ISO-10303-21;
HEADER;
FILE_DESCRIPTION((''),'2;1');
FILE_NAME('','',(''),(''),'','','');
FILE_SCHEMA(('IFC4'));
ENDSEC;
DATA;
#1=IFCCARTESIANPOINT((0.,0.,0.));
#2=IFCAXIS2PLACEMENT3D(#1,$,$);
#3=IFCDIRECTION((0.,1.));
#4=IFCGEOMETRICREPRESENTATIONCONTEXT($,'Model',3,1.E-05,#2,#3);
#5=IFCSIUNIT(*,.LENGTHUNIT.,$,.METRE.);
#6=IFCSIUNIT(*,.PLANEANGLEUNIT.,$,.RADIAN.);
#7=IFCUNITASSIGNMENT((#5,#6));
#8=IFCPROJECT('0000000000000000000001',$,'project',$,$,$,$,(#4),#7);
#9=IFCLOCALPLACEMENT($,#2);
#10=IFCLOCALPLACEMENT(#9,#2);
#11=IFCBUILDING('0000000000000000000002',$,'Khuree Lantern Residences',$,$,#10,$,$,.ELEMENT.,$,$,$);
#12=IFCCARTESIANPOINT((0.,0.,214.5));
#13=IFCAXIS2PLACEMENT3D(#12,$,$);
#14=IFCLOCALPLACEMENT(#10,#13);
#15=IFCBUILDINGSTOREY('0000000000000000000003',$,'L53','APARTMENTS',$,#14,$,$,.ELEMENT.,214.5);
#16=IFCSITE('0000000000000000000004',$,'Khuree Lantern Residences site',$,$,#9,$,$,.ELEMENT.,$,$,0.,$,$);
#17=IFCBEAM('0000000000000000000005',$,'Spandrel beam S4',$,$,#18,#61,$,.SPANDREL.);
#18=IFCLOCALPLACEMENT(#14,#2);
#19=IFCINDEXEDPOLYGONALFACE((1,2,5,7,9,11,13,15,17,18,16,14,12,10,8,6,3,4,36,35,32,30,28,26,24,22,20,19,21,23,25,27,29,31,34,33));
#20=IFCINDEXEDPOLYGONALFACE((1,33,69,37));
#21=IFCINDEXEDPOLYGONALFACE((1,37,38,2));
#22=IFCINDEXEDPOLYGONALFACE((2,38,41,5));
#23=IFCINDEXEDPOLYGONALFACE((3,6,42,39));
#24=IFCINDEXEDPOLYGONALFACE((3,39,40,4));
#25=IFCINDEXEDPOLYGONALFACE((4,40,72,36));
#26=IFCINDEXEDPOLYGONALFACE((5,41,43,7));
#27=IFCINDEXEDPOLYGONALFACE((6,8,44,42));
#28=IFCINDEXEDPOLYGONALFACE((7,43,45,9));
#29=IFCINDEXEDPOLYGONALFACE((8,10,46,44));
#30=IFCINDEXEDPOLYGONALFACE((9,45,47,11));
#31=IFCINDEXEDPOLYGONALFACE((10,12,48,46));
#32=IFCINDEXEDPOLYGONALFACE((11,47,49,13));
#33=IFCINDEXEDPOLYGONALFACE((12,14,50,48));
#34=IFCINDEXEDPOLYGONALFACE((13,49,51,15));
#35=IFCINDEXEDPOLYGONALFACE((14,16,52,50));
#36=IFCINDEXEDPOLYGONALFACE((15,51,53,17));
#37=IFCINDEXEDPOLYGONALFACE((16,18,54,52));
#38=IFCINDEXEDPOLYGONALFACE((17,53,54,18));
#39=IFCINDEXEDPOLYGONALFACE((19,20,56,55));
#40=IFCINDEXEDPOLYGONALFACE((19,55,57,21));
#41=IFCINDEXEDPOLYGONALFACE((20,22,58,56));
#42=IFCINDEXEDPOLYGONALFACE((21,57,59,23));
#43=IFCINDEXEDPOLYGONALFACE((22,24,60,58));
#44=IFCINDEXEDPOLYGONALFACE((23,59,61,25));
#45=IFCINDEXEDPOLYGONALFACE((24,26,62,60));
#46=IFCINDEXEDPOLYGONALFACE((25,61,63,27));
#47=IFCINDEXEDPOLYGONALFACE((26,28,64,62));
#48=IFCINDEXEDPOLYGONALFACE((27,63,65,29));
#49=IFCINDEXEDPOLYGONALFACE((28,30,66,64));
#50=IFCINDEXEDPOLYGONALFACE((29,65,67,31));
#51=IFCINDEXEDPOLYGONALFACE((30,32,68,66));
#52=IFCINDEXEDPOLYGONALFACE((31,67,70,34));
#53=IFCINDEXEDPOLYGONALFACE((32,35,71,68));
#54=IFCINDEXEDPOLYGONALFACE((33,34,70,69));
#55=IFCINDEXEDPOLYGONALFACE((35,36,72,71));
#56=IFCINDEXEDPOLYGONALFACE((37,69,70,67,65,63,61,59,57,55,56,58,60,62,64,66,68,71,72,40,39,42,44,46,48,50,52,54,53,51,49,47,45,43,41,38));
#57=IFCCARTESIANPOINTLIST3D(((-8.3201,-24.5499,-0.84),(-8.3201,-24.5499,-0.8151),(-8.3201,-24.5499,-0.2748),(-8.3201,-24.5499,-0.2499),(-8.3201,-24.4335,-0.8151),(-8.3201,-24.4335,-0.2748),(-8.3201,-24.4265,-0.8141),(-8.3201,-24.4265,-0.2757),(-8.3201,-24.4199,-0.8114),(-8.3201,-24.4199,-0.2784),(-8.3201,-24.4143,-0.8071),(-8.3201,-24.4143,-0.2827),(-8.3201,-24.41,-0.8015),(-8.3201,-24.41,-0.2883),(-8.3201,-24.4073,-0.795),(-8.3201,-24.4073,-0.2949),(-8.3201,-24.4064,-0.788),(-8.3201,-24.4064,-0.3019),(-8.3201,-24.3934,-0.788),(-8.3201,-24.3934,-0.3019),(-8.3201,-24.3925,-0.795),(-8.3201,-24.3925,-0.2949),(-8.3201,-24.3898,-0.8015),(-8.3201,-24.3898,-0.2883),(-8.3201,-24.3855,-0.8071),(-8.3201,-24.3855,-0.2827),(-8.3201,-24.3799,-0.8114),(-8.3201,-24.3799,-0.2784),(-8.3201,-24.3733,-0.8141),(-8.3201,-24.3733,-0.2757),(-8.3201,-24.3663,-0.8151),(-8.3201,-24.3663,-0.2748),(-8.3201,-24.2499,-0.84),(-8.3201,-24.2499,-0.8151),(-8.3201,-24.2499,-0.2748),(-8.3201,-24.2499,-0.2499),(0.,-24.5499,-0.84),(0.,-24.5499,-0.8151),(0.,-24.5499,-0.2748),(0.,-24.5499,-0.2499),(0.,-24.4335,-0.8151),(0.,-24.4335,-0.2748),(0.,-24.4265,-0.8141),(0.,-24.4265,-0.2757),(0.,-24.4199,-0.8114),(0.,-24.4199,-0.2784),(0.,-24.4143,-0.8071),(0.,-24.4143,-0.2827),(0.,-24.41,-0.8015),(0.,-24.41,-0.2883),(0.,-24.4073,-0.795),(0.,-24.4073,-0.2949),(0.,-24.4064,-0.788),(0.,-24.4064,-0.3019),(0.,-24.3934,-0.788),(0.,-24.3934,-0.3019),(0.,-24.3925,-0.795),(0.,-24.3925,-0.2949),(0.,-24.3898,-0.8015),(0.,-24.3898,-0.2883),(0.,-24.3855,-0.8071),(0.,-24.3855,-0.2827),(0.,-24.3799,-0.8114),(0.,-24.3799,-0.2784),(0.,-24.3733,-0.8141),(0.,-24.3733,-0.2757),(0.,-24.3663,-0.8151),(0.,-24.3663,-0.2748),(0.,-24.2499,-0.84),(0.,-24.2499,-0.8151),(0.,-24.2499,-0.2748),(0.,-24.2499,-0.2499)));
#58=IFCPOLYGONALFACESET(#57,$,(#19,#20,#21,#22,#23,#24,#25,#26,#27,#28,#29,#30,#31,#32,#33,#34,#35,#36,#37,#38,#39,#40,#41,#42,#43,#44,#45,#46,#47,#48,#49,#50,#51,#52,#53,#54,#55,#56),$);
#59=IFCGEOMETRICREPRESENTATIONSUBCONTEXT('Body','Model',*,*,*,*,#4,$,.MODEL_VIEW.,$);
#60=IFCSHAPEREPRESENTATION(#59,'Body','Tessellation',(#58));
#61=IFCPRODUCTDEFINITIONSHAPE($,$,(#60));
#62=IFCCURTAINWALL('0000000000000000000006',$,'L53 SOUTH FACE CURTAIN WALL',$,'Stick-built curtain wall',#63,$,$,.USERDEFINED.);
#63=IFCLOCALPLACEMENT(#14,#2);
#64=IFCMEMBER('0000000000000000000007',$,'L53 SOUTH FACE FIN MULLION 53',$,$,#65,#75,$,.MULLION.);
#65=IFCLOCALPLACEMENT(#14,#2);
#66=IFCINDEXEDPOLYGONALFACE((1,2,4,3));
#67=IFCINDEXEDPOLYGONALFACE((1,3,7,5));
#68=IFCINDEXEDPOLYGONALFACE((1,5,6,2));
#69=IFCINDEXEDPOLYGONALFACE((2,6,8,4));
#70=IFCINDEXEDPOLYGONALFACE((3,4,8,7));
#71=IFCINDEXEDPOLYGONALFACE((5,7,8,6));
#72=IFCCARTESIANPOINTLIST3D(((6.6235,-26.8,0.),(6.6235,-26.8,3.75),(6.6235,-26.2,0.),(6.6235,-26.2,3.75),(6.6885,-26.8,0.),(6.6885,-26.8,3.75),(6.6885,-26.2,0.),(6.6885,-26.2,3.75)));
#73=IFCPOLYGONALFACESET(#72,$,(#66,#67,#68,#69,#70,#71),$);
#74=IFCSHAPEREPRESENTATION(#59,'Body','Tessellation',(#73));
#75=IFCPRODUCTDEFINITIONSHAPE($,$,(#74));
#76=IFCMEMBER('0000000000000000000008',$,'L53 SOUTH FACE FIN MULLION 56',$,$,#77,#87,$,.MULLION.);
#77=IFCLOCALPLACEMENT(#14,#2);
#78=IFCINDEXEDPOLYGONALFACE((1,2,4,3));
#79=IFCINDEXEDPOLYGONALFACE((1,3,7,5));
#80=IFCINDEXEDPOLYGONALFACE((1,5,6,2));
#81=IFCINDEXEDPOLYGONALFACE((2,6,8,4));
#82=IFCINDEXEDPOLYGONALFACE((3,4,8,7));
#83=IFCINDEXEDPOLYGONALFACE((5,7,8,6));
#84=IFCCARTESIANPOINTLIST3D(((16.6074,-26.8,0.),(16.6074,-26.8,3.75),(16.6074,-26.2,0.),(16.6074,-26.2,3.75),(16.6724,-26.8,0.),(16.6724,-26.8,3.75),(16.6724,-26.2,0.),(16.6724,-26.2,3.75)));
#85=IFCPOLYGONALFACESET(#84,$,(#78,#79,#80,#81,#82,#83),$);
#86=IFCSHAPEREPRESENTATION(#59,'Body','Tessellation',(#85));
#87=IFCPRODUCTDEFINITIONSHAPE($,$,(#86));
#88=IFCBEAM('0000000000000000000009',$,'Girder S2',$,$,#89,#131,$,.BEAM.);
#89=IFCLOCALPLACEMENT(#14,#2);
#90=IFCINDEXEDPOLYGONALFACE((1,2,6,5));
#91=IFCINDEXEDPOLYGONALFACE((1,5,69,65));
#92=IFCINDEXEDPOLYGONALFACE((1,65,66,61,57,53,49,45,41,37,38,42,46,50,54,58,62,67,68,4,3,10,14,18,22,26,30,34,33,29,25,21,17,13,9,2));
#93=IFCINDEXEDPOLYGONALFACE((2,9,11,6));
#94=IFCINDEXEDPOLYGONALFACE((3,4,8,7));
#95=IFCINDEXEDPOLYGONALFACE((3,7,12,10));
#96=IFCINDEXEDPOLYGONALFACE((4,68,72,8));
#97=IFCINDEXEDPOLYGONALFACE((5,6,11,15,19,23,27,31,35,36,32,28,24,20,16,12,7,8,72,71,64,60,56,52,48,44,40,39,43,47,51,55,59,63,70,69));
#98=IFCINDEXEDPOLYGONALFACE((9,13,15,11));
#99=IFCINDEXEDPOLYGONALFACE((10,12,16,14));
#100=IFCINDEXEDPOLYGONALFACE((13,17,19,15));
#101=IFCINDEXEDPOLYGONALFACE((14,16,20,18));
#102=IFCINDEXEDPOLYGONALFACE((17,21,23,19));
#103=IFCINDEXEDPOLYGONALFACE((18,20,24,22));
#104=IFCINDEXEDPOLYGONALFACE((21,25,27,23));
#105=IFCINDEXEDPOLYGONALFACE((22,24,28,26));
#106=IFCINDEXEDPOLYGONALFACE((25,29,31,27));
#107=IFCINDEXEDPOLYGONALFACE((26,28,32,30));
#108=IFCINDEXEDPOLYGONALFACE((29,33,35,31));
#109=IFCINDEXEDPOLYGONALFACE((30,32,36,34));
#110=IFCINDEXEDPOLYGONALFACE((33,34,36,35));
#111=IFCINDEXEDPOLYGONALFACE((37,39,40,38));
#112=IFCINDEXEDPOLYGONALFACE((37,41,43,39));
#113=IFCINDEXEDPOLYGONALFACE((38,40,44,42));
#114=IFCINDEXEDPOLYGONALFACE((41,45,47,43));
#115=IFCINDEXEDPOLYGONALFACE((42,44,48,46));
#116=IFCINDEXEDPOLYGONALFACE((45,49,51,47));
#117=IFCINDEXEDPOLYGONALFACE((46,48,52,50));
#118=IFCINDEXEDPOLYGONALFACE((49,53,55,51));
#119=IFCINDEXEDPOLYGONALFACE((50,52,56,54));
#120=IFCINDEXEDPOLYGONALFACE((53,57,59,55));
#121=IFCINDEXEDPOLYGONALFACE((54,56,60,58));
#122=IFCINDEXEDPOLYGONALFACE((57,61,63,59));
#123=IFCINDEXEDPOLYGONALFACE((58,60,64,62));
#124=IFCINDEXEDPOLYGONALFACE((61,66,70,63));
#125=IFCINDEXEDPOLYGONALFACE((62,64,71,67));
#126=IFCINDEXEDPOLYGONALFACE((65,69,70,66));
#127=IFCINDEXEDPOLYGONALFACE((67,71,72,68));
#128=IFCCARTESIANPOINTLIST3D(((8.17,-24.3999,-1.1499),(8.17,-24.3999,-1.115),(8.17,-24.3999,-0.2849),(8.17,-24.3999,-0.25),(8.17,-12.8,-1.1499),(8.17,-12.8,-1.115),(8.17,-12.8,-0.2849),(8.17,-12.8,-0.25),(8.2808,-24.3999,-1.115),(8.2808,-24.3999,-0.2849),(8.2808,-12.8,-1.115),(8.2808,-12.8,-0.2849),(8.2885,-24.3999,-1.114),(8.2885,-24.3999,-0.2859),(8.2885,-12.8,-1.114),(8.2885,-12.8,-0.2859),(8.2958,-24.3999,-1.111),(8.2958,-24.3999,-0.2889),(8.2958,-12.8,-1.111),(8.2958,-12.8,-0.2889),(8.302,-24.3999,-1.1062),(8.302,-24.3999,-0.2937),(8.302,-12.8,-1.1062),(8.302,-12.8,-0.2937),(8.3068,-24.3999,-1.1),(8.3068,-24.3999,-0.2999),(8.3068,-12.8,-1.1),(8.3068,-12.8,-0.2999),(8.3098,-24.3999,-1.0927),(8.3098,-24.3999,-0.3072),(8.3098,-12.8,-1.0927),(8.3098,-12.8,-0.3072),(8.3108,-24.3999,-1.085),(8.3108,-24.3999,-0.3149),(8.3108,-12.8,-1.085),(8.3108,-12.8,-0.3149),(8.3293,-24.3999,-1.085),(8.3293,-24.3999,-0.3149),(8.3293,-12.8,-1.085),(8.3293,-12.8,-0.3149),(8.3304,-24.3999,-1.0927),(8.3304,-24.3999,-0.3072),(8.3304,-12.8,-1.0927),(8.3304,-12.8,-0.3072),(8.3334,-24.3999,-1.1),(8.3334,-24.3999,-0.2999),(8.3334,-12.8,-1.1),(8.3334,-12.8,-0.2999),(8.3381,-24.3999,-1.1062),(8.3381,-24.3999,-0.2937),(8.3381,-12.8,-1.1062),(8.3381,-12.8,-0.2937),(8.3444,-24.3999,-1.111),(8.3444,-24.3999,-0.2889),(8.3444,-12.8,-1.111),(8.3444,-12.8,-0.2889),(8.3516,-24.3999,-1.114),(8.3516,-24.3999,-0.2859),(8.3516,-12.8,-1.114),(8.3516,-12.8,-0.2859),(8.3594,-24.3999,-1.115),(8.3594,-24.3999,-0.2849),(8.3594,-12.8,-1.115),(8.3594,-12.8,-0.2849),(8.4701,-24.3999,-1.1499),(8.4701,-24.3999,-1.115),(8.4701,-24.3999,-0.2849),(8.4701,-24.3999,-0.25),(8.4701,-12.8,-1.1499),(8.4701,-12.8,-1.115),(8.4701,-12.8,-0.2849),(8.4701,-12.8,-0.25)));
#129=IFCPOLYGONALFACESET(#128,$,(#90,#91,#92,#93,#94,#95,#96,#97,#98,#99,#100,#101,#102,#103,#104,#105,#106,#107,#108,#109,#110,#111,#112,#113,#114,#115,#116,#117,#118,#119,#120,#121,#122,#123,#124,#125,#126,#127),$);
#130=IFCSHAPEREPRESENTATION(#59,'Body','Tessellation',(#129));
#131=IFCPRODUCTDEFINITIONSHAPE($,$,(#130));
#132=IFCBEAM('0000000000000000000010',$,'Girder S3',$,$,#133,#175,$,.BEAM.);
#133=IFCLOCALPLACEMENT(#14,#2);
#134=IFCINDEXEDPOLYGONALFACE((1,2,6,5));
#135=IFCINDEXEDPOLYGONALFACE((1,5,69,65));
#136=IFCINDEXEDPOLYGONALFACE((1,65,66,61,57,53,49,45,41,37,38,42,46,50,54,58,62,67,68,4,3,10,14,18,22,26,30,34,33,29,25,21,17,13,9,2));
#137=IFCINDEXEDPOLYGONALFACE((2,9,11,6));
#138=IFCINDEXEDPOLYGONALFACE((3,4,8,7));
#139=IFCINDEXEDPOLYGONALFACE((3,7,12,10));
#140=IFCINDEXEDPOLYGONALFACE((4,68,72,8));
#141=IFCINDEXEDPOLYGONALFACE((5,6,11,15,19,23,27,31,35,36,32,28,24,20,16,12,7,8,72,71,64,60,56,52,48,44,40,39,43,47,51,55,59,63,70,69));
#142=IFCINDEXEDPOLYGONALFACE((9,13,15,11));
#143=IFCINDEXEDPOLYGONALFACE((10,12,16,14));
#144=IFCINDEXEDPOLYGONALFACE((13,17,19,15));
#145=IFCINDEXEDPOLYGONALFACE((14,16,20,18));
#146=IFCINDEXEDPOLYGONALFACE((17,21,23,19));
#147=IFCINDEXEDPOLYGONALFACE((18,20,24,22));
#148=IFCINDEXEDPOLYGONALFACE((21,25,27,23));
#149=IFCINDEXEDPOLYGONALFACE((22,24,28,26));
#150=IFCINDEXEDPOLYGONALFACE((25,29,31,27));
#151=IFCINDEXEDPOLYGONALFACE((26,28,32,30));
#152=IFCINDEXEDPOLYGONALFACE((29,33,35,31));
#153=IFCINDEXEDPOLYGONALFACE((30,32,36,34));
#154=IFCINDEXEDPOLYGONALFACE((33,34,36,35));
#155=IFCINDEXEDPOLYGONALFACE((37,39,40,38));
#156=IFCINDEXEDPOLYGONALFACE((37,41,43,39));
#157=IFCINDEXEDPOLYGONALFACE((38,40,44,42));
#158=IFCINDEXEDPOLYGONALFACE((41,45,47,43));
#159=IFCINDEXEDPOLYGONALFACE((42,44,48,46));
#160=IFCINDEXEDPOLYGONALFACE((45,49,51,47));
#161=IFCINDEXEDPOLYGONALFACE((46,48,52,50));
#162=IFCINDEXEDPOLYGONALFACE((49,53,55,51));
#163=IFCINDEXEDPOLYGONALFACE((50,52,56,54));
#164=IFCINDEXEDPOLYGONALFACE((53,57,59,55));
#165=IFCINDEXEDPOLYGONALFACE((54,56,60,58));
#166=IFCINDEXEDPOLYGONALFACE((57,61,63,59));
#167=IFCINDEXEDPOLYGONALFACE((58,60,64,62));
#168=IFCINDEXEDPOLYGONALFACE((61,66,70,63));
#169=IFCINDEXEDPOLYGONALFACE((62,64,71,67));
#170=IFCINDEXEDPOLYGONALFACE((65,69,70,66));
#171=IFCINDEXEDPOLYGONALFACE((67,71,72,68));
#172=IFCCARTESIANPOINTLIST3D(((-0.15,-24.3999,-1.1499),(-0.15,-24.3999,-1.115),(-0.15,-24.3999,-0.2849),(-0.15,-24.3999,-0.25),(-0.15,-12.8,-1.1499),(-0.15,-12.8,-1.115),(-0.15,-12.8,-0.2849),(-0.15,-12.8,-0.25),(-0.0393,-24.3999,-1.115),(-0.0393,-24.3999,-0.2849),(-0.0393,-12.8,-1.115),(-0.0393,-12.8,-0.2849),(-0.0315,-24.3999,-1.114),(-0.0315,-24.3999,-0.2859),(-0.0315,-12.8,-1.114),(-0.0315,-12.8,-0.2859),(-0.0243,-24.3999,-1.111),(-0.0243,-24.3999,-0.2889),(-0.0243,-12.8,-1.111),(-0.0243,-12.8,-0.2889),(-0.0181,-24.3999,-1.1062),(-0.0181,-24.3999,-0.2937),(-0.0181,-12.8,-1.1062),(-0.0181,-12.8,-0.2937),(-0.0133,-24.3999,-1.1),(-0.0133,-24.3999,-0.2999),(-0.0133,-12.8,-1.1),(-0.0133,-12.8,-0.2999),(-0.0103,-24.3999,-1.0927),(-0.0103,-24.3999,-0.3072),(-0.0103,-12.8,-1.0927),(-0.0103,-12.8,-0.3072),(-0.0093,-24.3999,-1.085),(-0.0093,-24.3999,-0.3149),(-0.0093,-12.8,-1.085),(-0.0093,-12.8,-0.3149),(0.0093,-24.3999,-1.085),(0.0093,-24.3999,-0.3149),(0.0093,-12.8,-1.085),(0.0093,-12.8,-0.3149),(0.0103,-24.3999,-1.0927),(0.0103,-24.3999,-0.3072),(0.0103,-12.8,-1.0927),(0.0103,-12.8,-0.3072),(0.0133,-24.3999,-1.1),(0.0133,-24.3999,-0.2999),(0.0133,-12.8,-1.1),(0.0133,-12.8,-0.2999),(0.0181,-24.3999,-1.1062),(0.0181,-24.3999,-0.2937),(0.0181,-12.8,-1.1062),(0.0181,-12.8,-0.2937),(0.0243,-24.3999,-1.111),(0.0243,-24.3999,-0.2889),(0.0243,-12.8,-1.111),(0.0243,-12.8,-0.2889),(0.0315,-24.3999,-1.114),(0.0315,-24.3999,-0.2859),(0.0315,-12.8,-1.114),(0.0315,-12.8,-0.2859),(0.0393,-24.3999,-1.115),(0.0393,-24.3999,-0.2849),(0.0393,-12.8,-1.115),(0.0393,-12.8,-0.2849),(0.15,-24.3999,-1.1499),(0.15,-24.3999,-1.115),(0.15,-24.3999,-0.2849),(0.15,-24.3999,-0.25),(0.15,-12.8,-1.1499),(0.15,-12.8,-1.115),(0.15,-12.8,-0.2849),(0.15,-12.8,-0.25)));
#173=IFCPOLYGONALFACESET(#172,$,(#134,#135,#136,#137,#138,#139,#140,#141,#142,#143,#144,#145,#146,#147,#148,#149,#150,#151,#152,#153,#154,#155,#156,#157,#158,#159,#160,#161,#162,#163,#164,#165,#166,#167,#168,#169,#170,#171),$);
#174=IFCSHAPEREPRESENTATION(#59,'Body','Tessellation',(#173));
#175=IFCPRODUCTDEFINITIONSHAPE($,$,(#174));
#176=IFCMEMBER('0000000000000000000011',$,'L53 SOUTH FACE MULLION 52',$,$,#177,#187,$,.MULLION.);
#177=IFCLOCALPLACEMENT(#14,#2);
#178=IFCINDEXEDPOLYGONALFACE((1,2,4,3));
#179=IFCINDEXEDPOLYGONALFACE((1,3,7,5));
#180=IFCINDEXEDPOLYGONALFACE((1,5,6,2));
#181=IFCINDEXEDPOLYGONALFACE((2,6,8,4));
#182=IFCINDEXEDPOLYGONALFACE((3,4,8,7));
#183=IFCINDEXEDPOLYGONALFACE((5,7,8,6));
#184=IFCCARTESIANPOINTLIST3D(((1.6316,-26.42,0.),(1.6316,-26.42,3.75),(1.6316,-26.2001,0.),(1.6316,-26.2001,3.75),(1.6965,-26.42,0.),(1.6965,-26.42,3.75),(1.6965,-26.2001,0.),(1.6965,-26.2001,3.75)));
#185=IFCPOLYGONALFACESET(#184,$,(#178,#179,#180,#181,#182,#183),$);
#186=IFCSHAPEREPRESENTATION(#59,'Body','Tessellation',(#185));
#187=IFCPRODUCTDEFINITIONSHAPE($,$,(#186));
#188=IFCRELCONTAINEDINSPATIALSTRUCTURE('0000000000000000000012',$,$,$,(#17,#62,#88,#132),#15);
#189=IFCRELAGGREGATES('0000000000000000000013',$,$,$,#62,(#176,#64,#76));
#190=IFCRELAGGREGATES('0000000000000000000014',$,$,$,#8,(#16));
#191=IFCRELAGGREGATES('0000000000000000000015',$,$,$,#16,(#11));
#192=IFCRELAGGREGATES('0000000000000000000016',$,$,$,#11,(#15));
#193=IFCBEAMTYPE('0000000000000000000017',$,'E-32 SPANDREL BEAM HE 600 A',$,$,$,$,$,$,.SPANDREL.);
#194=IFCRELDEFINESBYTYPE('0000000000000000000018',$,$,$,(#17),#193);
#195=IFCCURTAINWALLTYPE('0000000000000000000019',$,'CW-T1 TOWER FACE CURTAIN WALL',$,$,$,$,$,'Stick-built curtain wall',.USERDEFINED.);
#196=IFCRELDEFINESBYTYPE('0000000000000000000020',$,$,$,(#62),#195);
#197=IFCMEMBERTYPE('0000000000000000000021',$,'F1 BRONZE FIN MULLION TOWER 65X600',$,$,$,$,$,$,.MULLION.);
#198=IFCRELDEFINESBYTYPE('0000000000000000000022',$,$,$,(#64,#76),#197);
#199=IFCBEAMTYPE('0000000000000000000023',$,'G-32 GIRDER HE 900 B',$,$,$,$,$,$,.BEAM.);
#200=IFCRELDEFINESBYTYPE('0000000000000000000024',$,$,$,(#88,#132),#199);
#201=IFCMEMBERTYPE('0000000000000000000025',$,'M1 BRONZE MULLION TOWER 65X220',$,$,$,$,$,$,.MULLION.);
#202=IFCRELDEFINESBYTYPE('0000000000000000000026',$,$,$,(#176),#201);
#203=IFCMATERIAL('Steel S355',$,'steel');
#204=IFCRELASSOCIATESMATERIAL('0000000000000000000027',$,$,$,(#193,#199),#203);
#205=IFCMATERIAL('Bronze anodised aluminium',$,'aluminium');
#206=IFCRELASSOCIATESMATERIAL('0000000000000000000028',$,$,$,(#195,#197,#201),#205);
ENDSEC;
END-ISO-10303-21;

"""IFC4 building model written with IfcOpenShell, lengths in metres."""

from ifc_helpers import new_model, si_unit, direction, frame, origin, origin_2d, place, context, subcontext, project, spatial, rectangle, i_section, extrude, material, material_profile, profile_set, type_object, element, aggregate, save


model = new_model("IFC4")

# Units and contexts
model_context = context("Model", 3, precision=1e-05, world=origin(), true_north=direction((0.0, 1.0)))
body_context = subcontext(model_context, "Body", "Model", "MODEL_VIEW")
ifc_project = project(units=[si_unit("LENGTHUNIT", "METRE"), si_unit("PLANEANGLEUNIT", "RADIAN")], contexts=[model_context])

# Site, building, storey
site_placement = place(None, origin())
site = spatial("IfcSite", under=ifc_project, at=site_placement, Name="Khuree Lantern Residences site", CompositionType="ELEMENT", RefElevation=0.0)
building_placement = place(site_placement, origin())
building = spatial("IfcBuilding", under=site, at=building_placement, Name="Khuree Lantern Residences", CompositionType="ELEMENT")
storey_placement = place(building_placement, frame((0.0, 0.0, 214.5)))
storey = spatial("IfcBuildingStorey", under=building, at=storey_placement, Name="L53", Description="APARTMENTS", CompositionType="ELEMENT", Elevation=214.5)

# Beam
ifc_material_1 = material(Name="Steel S355", Category="steel")
ifc_material_profile_1 = material_profile(ifc_material_1, i_section(OverallWidth=0.3, OverallDepth=0.5901, WebThickness=0.0129, FlangeThickness=0.0249, FilletRadius=0.0271, at=origin_2d()), Name="HE 600 A")
ifc_profile_set_1 = profile_set([ifc_material_profile_1], Name="Steel S355")
beam_type_1 = type_object("IfcBeamType", Name="E-32 SPANDREL BEAM HE 600 A", PredefinedType="SPANDREL", material=ifc_profile_set_1)
for number, where, z_axis, x_axis, name in (
    (1, (0.0, -24.3999, -0.5449), (-1.0, 0.0, 0.0), (0.0, -1.0, 0.0), "Spandrel beam S4"),
):
    element("IfcBeam", number, at=place(storey_placement, frame(where, z_axis=z_axis, x_axis=x_axis)), inside=storey, type_object=beam_type_1, Name=name, PredefinedType="SPANDREL", context=body_context, shape_type="SweptSolid", body=[
        extrude(i_section(OverallWidth=0.3, OverallDepth=0.5901, WebThickness=0.0129, FlangeThickness=0.0249, FilletRadius=0.0271, at=origin_2d()), origin(), (0.0, 0.0, 1.0), 8.3201),
    ])

# Curtain wall, members
ifc_material_2 = material(Name="Bronze anodised aluminium", Category="aluminium")
curtain_wall_type = type_object("IfcCurtainWallType", Name="CW-T1 TOWER FACE CURTAIN WALL", ElementType="Stick-built curtain wall", PredefinedType="USERDEFINED", material=ifc_material_2)
curtain_wall_placement = place(storey_placement, origin())
curtain_wall = element("IfcCurtainWall", 2, at=curtain_wall_placement, inside=storey, type_object=curtain_wall_type, Name="L53 SOUTH FACE CURTAIN WALL", ObjectType="Stick-built curtain wall", PredefinedType="USERDEFINED")
ifc_material_profile_2 = material_profile(ifc_material_2, rectangle(XDim=0.0649, YDim=0.6001, at=origin_2d()), Name="F1 65X600")
ifc_profile_set_2 = profile_set([ifc_material_profile_2], Name="Bronze anodised aluminium")
member_type_1 = type_object("IfcMemberType", Name="F1 BRONZE FIN MULLION TOWER 65X600", PredefinedType="MULLION", material=ifc_profile_set_2)
member_1_placement = place(storey_placement, frame((6.656, -26.5, 0.0), z_axis=(0.0, 0.0, 1.0), x_axis=(1.0, 0.0, 0.0)))
member_1 = element("IfcMember", 3, at=member_1_placement, type_object=member_type_1, Name="L53 SOUTH FACE FIN MULLION 53", PredefinedType="MULLION", context=body_context, shape_type="SweptSolid", body=[
    extrude(rectangle(XDim=0.0649, YDim=0.6001, at=origin_2d()), origin(), (0.0, 0.0, 1.0), 3.75),
])
member_2_placement = place(storey_placement, frame((16.6399, -26.5, 0.0), z_axis=(0.0, 0.0, 1.0), x_axis=(1.0, 0.0, 0.0)))
member_2 = element("IfcMember", 4, at=member_2_placement, type_object=member_type_1, Name="L53 SOUTH FACE FIN MULLION 56", PredefinedType="MULLION", context=body_context, shape_type="SweptSolid", body=[
    extrude(rectangle(XDim=0.0649, YDim=0.6001, at=origin_2d()), origin(), (0.0, 0.0, 1.0), 3.75),
])

# Beams
ifc_material_profile_3 = material_profile(ifc_material_1, i_section(OverallWidth=0.3, OverallDepth=0.8999, WebThickness=0.0186, FlangeThickness=0.0349, FilletRadius=0.03, at=origin_2d()), Name="HE 900 B")
ifc_profile_set_3 = profile_set([ifc_material_profile_3], Name="Steel S355")
beam_type_2 = type_object("IfcBeamType", Name="G-32 GIRDER HE 900 B", PredefinedType="BEAM", material=ifc_profile_set_3)
for number, where, z_axis, x_axis, name in (
    (5, (8.3201, -24.3999, -0.7), (0.0, 1.0, 0.0), (-1.0, 0.0, 0.0), "Girder S2"),
    (6, (0.0, -24.3999, -0.7), (0.0, 1.0, 0.0), (-1.0, 0.0, 0.0), "Girder S3"),
):
    element("IfcBeam", number, at=place(storey_placement, frame(where, z_axis=z_axis, x_axis=x_axis)), inside=storey, type_object=beam_type_2, Name=name, PredefinedType="BEAM", context=body_context, shape_type="SweptSolid", body=[
        extrude(i_section(OverallWidth=0.3, OverallDepth=0.8999, WebThickness=0.0186, FlangeThickness=0.0349, FilletRadius=0.03, at=origin_2d()), origin(), (0.0, 0.0, 1.0), 11.5999),
    ])

# Member
ifc_material_profile_4 = material_profile(ifc_material_2, rectangle(XDim=0.0649, YDim=0.22, at=origin_2d()), Name="M1 65X220")
ifc_profile_set_4 = profile_set([ifc_material_profile_4], Name="Bronze anodised aluminium")
member_type_2 = type_object("IfcMemberType", Name="M1 BRONZE MULLION TOWER 65X220", PredefinedType="MULLION", material=ifc_profile_set_4)
member_3_placement = place(storey_placement, frame((1.6641, -26.3101, 0.0), z_axis=(0.0, 0.0, 1.0), x_axis=(1.0, 0.0, 0.0)))
member_3 = element("IfcMember", 7, at=member_3_placement, type_object=member_type_2, Name="L53 SOUTH FACE MULLION 52", PredefinedType="MULLION", context=body_context, shape_type="SweptSolid", body=[
    extrude(rectangle(XDim=0.0649, YDim=0.22, at=origin_2d()), origin(), (0.0, 0.0, 1.0), 3.75),
])

aggregate(curtain_wall, [member_3, member_1, member_2])

save(model, "model.ifc")
